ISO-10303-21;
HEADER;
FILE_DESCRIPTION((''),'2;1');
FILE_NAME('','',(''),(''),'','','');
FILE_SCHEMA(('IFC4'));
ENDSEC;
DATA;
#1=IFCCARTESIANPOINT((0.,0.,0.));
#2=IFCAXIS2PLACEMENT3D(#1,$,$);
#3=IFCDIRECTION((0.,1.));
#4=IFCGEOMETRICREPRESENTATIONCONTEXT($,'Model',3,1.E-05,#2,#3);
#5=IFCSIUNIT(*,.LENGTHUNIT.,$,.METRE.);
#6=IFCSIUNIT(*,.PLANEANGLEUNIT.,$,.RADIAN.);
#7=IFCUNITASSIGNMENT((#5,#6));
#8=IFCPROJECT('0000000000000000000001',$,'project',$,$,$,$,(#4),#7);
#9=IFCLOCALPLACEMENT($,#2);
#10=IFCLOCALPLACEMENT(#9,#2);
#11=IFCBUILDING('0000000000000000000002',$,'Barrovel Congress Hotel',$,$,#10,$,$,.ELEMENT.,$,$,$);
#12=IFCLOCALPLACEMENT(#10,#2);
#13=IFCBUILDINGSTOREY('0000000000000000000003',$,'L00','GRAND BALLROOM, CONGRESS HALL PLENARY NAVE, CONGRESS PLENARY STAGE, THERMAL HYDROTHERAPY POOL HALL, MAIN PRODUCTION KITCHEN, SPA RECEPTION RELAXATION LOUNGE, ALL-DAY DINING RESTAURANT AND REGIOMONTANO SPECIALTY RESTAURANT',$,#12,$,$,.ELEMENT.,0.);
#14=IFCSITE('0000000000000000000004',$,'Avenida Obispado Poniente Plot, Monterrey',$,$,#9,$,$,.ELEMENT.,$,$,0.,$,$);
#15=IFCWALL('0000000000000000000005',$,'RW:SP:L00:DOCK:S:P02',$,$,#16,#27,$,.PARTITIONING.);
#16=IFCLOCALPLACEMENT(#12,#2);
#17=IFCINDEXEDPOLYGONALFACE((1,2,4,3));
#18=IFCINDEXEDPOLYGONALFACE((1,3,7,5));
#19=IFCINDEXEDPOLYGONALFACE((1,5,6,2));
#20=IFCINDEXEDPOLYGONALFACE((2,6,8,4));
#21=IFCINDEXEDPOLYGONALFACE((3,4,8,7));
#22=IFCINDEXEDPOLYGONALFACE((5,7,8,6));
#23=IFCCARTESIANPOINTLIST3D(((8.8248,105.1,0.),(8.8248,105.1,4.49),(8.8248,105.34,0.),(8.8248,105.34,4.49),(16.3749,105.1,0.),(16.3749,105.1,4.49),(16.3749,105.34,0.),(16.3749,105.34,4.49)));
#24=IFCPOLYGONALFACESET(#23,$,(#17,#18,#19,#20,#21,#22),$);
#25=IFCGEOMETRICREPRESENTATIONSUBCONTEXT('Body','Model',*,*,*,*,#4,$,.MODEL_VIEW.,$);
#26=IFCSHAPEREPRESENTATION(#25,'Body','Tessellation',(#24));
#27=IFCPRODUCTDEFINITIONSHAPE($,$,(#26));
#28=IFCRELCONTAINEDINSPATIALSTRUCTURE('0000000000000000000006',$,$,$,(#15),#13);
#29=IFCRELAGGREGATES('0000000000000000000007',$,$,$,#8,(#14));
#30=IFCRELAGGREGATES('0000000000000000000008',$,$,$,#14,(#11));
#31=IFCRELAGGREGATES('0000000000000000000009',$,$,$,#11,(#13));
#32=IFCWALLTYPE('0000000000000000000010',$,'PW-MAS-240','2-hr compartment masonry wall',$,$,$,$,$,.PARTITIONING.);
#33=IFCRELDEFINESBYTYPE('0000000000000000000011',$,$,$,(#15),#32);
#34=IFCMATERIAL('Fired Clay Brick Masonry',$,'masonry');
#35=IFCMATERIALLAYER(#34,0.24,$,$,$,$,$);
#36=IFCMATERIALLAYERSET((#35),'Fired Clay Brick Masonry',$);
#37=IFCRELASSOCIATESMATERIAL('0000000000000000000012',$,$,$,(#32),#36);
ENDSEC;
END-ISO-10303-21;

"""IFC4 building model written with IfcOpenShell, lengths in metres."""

from ifc_helpers import new_model, si_unit, direction, frame, frame_2d, origin, place, context, subcontext, project, spatial, rectangle, extrude, material, layer, layer_set, type_object, element, save


model = new_model("IFC4")

# Units and contexts
model_context = context("Model", 3, precision=1e-05, world=origin(), true_north=direction((0.0, 1.0)))
body_context = subcontext(model_context, "Body", "Model", "MODEL_VIEW")
ifc_project = project(units=[si_unit("LENGTHUNIT", "METRE"), si_unit("PLANEANGLEUNIT", "RADIAN")], contexts=[model_context])

# Site, building, storey
site_placement = place(None, origin())
site = spatial("IfcSite", under=ifc_project, at=site_placement, Name="Avenida Obispado Poniente Plot, Monterrey", CompositionType="ELEMENT", RefElevation=0.0)
building_placement = place(site_placement, origin())
building = spatial("IfcBuilding", under=site, at=building_placement, Name="Barrovel Congress Hotel", CompositionType="ELEMENT")
storey_placement = place(building_placement, origin())
storey = spatial("IfcBuildingStorey", under=building, at=storey_placement, Name="L00", Description="GRAND BALLROOM, CONGRESS HALL PLENARY NAVE, CONGRESS PLENARY STAGE, THERMAL HYDROTHERAPY POOL HALL, MAIN PRODUCTION KITCHEN, SPA RECEPTION RELAXATION LOUNGE, ALL-DAY DINING RESTAURANT AND REGIOMONTANO SPECIALTY RESTAURANT", CompositionType="ELEMENT", Elevation=0.0)

# Shared definitions
ifc_material_1 = material(Name="Fired Clay Brick Masonry", Category="masonry")

# Wall
ifc_layer_1 = layer(ifc_material_1, 0.24)
ifc_layer_set_1 = layer_set([ifc_layer_1], Name="Fired Clay Brick Masonry")
wall_type_1 = type_object("IfcWallType", Name="PW-MAS-240", Description="2-hr compartment masonry wall", PredefinedType="PARTITIONING", material=ifc_layer_set_1)
wall_1_placement = place(storey_placement, frame((8.825, 105.22, 0.0), z_axis=(0.0, 0.0, 1.0), x_axis=(1.0, 0.0, 0.0)))
element("IfcWall", 1, at=wall_1_placement, inside=storey, type_object=wall_type_1, Name="RW:SP:L00:DOCK:S:P02", PredefinedType="PARTITIONING", context=body_context, shape_type="SweptSolid", body=[
    extrude(rectangle(XDim=7.55, YDim=0.24, at=frame_2d((3.7749, 0.0))), origin(), (0.0, 0.0, 1.0), 4.49),
])

save(model, "model.ifc")
